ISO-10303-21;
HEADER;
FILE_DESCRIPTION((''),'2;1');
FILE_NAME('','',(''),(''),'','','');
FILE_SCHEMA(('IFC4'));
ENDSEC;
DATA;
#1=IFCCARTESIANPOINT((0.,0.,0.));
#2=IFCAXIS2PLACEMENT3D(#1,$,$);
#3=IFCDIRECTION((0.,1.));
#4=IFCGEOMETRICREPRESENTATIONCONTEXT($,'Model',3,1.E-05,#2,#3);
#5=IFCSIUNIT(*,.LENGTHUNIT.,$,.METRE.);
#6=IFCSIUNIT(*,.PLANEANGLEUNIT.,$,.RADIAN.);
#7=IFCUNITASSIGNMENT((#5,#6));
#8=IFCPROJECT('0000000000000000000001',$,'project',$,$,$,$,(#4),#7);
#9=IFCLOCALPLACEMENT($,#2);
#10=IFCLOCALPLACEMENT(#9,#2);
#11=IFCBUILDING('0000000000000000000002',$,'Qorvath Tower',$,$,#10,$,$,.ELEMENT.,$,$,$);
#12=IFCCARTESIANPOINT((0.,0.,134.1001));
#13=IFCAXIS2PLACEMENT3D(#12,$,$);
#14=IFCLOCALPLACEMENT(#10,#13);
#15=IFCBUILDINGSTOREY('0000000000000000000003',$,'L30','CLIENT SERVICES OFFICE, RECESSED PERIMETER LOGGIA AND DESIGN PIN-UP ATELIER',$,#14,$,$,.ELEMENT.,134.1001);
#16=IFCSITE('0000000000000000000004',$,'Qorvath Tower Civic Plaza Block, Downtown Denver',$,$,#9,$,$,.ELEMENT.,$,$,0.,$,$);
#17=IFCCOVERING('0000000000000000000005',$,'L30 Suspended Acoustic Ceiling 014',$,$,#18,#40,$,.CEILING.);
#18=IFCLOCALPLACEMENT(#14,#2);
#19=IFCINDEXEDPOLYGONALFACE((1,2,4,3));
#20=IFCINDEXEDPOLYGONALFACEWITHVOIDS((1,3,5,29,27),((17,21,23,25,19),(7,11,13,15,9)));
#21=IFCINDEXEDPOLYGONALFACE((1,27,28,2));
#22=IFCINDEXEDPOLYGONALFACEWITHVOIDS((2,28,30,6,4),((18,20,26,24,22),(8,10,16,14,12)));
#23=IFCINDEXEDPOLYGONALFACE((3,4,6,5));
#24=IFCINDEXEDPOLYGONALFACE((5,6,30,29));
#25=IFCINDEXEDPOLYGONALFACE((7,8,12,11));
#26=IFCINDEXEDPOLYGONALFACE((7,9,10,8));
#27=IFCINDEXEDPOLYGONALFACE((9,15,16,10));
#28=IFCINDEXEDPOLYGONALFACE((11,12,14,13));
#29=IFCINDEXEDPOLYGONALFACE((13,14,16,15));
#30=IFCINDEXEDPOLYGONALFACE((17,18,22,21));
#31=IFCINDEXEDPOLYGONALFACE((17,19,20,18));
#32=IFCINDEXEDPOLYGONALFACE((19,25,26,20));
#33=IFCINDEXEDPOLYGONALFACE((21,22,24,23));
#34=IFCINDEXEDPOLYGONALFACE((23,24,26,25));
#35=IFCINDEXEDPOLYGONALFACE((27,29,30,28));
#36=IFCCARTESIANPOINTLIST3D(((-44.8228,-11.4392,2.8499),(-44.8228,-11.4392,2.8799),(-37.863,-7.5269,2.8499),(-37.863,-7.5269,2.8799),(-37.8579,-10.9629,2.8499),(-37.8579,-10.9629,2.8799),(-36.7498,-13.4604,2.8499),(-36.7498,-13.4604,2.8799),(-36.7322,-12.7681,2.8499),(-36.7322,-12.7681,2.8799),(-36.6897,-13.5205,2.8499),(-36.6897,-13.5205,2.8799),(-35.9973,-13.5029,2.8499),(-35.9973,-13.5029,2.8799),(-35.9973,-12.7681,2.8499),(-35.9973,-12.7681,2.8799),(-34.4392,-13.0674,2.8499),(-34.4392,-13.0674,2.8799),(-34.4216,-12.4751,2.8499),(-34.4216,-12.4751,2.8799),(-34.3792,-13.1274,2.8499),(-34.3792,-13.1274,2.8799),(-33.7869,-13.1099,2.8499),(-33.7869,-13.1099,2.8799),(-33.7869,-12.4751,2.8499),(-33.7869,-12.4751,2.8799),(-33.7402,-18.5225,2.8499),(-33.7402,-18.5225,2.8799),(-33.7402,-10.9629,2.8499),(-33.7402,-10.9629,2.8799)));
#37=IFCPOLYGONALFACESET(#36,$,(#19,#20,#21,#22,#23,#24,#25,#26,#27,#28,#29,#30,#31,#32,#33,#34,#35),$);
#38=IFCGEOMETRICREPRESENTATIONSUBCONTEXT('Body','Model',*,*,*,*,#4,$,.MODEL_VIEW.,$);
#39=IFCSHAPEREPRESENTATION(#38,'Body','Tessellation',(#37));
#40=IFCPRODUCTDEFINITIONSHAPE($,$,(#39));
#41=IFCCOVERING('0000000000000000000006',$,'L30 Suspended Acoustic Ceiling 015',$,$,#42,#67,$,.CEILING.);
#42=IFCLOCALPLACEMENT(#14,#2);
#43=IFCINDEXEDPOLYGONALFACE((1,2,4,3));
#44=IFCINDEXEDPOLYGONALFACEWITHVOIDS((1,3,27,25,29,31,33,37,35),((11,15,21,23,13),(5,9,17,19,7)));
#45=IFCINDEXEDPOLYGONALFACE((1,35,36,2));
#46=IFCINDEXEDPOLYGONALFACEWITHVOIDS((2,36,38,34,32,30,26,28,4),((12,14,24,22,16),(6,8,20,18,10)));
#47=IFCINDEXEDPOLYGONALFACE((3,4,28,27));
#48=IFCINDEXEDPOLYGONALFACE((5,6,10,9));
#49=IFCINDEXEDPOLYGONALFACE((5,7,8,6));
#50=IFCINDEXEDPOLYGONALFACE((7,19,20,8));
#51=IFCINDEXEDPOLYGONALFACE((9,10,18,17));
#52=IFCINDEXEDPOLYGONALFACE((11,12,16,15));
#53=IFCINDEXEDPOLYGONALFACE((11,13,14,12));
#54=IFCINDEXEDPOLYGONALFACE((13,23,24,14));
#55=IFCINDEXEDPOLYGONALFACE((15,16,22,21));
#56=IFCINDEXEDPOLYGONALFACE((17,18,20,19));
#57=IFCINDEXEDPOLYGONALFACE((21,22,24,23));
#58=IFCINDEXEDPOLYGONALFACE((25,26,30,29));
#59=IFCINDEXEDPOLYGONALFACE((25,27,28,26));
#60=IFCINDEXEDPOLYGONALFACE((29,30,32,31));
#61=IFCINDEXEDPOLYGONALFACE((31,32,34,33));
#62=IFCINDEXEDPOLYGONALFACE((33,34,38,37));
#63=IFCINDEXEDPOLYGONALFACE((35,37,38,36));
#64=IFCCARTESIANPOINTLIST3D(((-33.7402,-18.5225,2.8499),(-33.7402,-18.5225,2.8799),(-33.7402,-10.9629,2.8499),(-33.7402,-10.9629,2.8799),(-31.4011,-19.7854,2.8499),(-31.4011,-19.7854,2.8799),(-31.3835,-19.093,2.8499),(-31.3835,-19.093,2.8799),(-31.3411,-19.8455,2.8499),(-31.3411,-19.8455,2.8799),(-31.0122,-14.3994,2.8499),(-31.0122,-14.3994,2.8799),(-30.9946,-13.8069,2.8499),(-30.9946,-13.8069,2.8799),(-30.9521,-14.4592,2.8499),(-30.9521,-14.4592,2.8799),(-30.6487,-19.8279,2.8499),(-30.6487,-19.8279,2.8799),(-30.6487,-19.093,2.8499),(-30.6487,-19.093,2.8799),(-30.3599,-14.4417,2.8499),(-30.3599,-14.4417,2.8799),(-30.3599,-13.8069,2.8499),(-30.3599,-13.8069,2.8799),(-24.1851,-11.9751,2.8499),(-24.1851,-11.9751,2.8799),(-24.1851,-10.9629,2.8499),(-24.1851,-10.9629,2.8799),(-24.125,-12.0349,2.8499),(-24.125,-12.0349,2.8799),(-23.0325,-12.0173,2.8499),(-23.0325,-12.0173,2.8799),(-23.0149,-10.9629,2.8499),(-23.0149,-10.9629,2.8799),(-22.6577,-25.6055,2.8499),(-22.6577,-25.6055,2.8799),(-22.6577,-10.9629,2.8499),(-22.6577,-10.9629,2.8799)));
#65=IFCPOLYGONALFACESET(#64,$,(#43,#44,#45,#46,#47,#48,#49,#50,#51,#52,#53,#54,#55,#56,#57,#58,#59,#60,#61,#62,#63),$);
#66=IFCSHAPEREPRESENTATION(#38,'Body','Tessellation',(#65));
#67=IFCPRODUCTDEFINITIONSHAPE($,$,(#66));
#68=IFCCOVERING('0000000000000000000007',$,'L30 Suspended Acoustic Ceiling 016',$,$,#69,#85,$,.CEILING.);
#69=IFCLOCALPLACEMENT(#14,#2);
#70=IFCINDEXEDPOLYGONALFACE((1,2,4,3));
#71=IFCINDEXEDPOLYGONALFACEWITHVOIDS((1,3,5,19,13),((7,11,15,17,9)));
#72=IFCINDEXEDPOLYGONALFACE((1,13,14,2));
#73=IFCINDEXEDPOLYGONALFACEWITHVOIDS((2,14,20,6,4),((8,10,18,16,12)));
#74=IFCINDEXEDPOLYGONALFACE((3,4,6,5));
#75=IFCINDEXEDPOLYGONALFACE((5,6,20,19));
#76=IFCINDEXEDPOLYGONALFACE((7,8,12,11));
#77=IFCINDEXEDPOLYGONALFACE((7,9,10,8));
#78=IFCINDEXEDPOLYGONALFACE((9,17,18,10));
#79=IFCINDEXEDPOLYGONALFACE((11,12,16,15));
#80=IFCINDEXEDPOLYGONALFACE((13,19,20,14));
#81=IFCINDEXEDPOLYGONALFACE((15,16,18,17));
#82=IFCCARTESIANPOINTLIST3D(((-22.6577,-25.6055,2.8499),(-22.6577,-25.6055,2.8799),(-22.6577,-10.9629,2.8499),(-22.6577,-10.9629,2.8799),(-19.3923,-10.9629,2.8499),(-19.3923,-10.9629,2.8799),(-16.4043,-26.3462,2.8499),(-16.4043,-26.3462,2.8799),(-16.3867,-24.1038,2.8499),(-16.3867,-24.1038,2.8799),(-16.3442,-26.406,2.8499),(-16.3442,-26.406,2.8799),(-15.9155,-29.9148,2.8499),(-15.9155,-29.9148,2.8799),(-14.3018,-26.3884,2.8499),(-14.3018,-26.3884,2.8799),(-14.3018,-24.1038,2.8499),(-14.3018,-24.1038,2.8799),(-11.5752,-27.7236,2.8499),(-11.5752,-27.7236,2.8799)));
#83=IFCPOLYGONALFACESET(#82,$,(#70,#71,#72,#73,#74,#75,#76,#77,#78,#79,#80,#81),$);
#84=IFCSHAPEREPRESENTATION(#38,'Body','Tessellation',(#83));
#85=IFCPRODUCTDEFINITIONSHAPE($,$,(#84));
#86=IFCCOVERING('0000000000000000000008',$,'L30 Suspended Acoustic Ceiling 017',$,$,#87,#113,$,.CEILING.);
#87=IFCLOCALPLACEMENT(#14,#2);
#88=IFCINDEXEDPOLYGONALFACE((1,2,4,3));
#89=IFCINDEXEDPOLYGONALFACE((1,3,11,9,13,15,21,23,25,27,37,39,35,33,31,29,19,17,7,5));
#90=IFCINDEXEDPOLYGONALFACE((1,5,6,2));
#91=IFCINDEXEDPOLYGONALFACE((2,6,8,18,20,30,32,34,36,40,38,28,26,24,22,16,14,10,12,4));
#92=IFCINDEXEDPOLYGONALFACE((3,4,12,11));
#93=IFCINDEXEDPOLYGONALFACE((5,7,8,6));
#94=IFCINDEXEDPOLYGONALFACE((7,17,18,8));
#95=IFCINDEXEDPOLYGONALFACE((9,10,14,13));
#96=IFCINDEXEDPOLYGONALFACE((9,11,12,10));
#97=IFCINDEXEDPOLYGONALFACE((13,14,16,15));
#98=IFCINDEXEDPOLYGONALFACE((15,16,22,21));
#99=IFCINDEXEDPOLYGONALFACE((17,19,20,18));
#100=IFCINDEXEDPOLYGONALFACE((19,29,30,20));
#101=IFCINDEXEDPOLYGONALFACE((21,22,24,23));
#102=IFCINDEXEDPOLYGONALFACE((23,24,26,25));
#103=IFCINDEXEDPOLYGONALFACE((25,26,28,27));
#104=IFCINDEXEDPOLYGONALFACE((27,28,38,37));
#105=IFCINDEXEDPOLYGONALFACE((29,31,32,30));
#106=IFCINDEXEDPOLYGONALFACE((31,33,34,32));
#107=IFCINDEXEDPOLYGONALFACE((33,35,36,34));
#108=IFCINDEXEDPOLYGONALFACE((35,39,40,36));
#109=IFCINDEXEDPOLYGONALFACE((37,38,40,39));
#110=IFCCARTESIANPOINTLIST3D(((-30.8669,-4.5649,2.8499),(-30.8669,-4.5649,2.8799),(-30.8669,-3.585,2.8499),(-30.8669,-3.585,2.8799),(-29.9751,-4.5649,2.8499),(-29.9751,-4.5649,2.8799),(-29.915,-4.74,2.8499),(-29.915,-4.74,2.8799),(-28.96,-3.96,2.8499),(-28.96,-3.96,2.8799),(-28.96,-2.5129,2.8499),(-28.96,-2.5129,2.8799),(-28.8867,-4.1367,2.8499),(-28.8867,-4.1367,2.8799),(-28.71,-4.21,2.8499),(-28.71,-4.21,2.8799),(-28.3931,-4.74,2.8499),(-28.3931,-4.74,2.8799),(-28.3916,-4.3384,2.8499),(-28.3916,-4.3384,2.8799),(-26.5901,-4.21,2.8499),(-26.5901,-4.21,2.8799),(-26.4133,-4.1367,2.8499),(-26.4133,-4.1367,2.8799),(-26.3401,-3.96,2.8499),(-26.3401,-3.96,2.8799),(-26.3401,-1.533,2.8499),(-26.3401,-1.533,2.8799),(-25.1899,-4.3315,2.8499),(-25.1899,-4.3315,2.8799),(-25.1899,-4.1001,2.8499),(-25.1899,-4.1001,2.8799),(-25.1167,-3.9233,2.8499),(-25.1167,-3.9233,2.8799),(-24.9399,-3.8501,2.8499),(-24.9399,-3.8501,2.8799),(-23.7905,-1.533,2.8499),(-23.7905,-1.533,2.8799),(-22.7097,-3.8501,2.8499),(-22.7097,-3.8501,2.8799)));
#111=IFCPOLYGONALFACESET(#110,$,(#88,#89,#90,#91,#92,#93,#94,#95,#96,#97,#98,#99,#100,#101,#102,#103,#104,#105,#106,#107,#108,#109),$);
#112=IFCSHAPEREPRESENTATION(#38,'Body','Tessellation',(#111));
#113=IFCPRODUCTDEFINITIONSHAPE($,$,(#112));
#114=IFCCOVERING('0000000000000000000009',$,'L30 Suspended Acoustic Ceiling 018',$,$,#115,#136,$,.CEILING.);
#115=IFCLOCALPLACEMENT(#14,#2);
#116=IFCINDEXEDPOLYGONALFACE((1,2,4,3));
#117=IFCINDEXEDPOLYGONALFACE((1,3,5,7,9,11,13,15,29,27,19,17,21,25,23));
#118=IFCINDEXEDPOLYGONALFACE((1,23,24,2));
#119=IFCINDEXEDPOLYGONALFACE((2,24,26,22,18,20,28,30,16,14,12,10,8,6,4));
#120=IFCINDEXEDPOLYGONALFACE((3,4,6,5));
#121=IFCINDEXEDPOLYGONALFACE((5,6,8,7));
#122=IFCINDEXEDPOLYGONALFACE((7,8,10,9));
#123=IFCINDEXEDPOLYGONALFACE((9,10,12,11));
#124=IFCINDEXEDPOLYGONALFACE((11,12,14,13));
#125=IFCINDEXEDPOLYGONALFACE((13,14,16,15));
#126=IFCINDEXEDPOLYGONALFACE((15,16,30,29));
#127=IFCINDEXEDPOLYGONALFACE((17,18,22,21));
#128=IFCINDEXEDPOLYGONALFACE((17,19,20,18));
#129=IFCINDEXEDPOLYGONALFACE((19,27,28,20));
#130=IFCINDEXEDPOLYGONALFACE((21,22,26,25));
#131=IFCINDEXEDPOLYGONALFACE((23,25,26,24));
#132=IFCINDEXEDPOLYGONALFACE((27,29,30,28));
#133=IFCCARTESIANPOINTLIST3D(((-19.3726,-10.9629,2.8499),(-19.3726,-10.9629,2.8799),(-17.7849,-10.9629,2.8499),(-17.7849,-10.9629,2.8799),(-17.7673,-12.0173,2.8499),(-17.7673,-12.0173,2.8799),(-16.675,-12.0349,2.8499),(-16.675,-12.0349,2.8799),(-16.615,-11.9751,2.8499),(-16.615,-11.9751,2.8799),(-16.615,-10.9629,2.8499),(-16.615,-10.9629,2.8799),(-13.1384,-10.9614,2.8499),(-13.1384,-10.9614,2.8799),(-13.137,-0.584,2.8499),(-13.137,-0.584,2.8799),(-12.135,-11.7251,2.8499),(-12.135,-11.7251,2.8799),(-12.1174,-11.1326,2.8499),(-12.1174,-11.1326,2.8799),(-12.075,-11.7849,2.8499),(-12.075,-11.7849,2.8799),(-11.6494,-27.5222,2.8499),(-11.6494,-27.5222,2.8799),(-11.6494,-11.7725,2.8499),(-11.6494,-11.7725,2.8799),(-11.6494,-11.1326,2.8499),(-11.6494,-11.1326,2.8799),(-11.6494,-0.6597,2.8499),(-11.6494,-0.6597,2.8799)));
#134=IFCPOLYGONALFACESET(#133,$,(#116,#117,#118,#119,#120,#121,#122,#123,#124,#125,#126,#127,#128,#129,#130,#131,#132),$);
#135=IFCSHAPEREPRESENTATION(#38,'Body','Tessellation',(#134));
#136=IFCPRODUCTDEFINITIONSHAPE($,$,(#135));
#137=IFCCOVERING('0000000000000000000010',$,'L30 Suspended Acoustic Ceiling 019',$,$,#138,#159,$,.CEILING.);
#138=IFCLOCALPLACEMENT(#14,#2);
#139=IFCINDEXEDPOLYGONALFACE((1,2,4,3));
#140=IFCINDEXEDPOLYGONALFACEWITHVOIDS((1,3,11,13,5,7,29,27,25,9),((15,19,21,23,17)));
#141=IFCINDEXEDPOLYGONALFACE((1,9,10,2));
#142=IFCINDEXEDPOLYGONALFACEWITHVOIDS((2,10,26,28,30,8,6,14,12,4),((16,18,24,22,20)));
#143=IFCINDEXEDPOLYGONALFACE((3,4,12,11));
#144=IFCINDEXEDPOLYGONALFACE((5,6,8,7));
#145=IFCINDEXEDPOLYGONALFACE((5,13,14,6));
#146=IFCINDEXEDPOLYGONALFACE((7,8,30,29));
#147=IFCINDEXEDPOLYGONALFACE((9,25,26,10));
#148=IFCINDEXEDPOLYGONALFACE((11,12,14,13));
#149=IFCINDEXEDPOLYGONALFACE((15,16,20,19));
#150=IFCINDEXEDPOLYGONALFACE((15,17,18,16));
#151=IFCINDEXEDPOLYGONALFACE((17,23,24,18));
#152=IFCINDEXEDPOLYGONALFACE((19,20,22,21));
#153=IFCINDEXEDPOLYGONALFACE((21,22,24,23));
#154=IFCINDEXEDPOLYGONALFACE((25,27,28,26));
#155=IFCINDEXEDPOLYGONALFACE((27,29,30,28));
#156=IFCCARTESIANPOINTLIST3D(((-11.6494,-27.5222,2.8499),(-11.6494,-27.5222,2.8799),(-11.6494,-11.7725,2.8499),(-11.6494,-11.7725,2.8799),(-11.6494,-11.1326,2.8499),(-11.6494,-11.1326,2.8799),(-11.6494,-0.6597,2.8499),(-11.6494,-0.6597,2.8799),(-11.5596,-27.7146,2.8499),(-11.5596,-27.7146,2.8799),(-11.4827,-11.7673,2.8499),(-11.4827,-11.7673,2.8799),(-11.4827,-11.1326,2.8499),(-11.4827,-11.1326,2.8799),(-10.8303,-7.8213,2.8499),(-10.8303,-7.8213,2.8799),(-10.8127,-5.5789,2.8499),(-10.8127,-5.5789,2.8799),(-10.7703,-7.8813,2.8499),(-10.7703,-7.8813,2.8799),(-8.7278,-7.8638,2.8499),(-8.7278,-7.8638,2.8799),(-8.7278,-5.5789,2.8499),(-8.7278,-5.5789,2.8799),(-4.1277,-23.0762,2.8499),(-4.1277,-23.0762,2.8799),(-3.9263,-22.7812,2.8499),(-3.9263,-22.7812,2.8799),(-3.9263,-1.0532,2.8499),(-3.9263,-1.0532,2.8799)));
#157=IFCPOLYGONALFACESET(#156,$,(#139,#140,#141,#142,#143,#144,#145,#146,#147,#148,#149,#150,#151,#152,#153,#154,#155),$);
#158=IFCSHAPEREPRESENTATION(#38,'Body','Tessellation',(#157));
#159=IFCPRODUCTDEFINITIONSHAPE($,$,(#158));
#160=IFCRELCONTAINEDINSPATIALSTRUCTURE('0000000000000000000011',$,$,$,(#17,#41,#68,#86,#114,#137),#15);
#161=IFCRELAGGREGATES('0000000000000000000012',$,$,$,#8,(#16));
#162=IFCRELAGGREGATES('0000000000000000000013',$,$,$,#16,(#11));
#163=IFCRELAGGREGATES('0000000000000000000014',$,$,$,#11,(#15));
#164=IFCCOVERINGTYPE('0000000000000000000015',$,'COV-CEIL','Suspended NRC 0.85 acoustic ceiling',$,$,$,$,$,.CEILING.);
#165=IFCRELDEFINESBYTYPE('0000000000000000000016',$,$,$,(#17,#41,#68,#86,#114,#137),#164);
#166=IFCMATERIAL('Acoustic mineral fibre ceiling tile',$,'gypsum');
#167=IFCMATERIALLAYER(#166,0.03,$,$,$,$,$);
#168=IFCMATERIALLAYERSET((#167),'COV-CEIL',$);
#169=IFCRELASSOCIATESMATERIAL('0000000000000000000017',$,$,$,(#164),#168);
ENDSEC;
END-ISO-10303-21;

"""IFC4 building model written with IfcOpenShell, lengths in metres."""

from ifc_helpers import new_model, si_unit, direction, frame, origin, place, context, subcontext, project, spatial, polyline, outline, extrude, material, layer, layer_set, type_object, element, save


model = new_model("IFC4")

# Units and contexts
model_context = context("Model", 3, precision=1e-05, world=origin(), true_north=direction((0.0, 1.0)))
body_context = subcontext(model_context, "Body", "Model", "MODEL_VIEW")
ifc_project = project(units=[si_unit("LENGTHUNIT", "METRE"), si_unit("PLANEANGLEUNIT", "RADIAN")], contexts=[model_context])

# Site, building, storey
site_placement = place(None, origin())
site = spatial("IfcSite", under=ifc_project, at=site_placement, Name="Qorvath Tower Civic Plaza Block, Downtown Denver", CompositionType="ELEMENT", RefElevation=0.0)
building_placement = place(site_placement, origin())
building = spatial("IfcBuilding", under=site, at=building_placement, Name="Qorvath Tower", CompositionType="ELEMENT")
storey_placement = place(building_placement, frame((0.0, 0.0, 134.1001)))
storey = spatial("IfcBuildingStorey", under=building, at=storey_placement, Name="L30", Description="CLIENT SERVICES OFFICE, RECESSED PERIMETER LOGGIA AND DESIGN PIN-UP ATELIER", CompositionType="ELEMENT", Elevation=134.1001)

# Coverings
ifc_material_1 = material(Name="Acoustic mineral fibre ceiling tile", Category="gypsum")
ifc_layer_1 = layer(ifc_material_1, 0.03)
ifc_layer_set_1 = layer_set([ifc_layer_1], Name="COV-CEIL")
covering_type_1 = type_object("IfcCoveringType", Name="COV-CEIL", Description="Suspended NRC 0.85 acoustic ceiling", PredefinedType="CEILING", material=ifc_layer_set_1)
covering_1_placement = place(storey_placement, frame((0.0, 0.0, 2.8499)))
element("IfcCovering", 1, at=covering_1_placement, inside=storey, type_object=covering_type_1, Name="L30 Suspended Acoustic Ceiling 014", PredefinedType="CEILING", context=body_context, shape_type="SweptSolid", body=[
    extrude(outline(polyline([(-33.7402, -18.5225), (-33.7402, -10.9629), (-37.8579, -10.9629), (-37.863, -7.5269), (-44.8228, -11.4392), (-33.7402, -18.5225)]), holes=[polyline([(-34.4392, -13.0674), (-34.4216, -12.4751), (-33.7869, -12.4751), (-33.7869, -13.1099), (-34.3792, -13.1274), (-34.4392, -13.0674)]), polyline([(-36.7498, -13.4604), (-36.7322, -12.7681), (-35.9973, -12.7681), (-35.9973, -13.5029), (-36.6897, -13.5205), (-36.7498, -13.4604)])]), origin(), (0.0, 0.0, 1.0), 0.03),
])
covering_2_placement = place(storey_placement, frame((0.0, 0.0, 2.8499)))
element("IfcCovering", 2, at=covering_2_placement, inside=storey, type_object=covering_type_1, Name="L30 Suspended Acoustic Ceiling 015", PredefinedType="CEILING", context=body_context, shape_type="SweptSolid", body=[
    extrude(outline(polyline([(-22.6577, -25.6055), (-22.6577, -10.9629), (-23.0149, -10.9629), (-23.0325, -12.0173), (-24.125, -12.0349), (-24.1851, -11.9751), (-24.1851, -10.9629), (-33.7402, -10.9629), (-33.7402, -18.5225), (-22.6577, -25.6055)]), holes=[polyline([(-31.0122, -14.3994), (-30.9946, -13.8069), (-30.3599, -13.8069), (-30.3599, -14.4417), (-30.9521, -14.4592), (-31.0122, -14.3994)]), polyline([(-31.4011, -19.7854), (-31.3835, -19.093), (-30.6487, -19.093), (-30.6487, -19.8279), (-31.3411, -19.8455), (-31.4011, -19.7854)])]), origin(), (0.0, 0.0, 1.0), 0.03),
])
covering_3_placement = place(storey_placement, frame((0.0, 0.0, 2.8499)))
element("IfcCovering", 3, at=covering_3_placement, inside=storey, type_object=covering_type_1, Name="L30 Suspended Acoustic Ceiling 016", PredefinedType="CEILING", context=body_context, shape_type="SweptSolid", body=[
    extrude(outline(polyline([(-11.5752, -27.7236), (-19.3923, -10.9629), (-22.6577, -10.9629), (-22.6577, -25.6055), (-15.9155, -29.9148), (-11.5752, -27.7236)]), holes=[polyline([(-16.4043, -26.3462), (-16.3867, -24.1038), (-14.3018, -24.1038), (-14.3018, -26.3884), (-16.3442, -26.406), (-16.4043, -26.3462)])]), origin(), (0.0, 0.0, 1.0), 0.03),
])
covering_4_placement = place(storey_placement, frame((0.0, 0.0, 2.8499)))
element("IfcCovering", 4, at=covering_4_placement, inside=storey, type_object=covering_type_1, Name="L30 Suspended Acoustic Ceiling 017", PredefinedType="CEILING", context=body_context, shape_type="SweptSolid", body=[
    extrude(outline(polyline([(-25.1899, -4.3315), (-25.1899, -4.1001), (-25.1167, -3.9233), (-24.9399, -3.8501), (-22.7097, -3.8501), (-23.7905, -1.533), (-26.3401, -1.533), (-26.3401, -3.96), (-26.4133, -4.1367), (-26.5901, -4.21), (-28.71, -4.21), (-28.8867, -4.1367), (-28.96, -3.96), (-28.96, -2.5129), (-30.8669, -3.585), (-30.8669, -4.5649), (-29.9751, -4.5649), (-29.915, -4.74), (-28.3931, -4.74), (-28.3916, -4.3384), (-25.1899, -4.3315)])), origin(), (0.0, 0.0, 1.0), 0.03),
])
covering_5_placement = place(storey_placement, frame((0.0, 0.0, 2.8499)))
element("IfcCovering", 5, at=covering_5_placement, inside=storey, type_object=covering_type_1, Name="L30 Suspended Acoustic Ceiling 018", PredefinedType="CEILING", context=body_context, shape_type="SweptSolid", body=[
    extrude(outline(polyline([(-13.1384, -10.9614), (-16.615, -10.9629), (-16.615, -11.9751), (-16.675, -12.0349), (-17.7673, -12.0173), (-17.7849, -10.9629), (-19.3726, -10.9629), (-11.6494, -27.5222), (-11.6494, -11.7725), (-12.075, -11.7849), (-12.135, -11.7251), (-12.1174, -11.1326), (-11.6494, -11.1326), (-11.6494, -0.6597), (-13.137, -0.584), (-13.1384, -10.9614)])), origin(), (0.0, 0.0, 1.0), 0.03),
])
covering_6_placement = place(storey_placement, frame((0.0, 0.0, 2.8499)))
element("IfcCovering", 6, at=covering_6_placement, inside=storey, type_object=covering_type_1, Name="L30 Suspended Acoustic Ceiling 019", PredefinedType="CEILING", context=body_context, shape_type="SweptSolid", body=[
    extrude(outline(polyline([(-11.6494, -0.6597), (-11.6494, -11.1326), (-11.4827, -11.1326), (-11.4827, -11.7673), (-11.6494, -11.7725), (-11.6494, -27.5222), (-11.5596, -27.7146), (-4.1277, -23.0762), (-3.9263, -22.7812), (-3.9263, -1.0532), (-11.6494, -0.6597)]), holes=[polyline([(-10.8303, -7.8213), (-10.8127, -5.5789), (-8.7278, -5.5789), (-8.7278, -7.8638), (-10.7703, -7.8813), (-10.8303, -7.8213)])]), origin(), (0.0, 0.0, 1.0), 0.03),
])

save(model, "model.ifc")
